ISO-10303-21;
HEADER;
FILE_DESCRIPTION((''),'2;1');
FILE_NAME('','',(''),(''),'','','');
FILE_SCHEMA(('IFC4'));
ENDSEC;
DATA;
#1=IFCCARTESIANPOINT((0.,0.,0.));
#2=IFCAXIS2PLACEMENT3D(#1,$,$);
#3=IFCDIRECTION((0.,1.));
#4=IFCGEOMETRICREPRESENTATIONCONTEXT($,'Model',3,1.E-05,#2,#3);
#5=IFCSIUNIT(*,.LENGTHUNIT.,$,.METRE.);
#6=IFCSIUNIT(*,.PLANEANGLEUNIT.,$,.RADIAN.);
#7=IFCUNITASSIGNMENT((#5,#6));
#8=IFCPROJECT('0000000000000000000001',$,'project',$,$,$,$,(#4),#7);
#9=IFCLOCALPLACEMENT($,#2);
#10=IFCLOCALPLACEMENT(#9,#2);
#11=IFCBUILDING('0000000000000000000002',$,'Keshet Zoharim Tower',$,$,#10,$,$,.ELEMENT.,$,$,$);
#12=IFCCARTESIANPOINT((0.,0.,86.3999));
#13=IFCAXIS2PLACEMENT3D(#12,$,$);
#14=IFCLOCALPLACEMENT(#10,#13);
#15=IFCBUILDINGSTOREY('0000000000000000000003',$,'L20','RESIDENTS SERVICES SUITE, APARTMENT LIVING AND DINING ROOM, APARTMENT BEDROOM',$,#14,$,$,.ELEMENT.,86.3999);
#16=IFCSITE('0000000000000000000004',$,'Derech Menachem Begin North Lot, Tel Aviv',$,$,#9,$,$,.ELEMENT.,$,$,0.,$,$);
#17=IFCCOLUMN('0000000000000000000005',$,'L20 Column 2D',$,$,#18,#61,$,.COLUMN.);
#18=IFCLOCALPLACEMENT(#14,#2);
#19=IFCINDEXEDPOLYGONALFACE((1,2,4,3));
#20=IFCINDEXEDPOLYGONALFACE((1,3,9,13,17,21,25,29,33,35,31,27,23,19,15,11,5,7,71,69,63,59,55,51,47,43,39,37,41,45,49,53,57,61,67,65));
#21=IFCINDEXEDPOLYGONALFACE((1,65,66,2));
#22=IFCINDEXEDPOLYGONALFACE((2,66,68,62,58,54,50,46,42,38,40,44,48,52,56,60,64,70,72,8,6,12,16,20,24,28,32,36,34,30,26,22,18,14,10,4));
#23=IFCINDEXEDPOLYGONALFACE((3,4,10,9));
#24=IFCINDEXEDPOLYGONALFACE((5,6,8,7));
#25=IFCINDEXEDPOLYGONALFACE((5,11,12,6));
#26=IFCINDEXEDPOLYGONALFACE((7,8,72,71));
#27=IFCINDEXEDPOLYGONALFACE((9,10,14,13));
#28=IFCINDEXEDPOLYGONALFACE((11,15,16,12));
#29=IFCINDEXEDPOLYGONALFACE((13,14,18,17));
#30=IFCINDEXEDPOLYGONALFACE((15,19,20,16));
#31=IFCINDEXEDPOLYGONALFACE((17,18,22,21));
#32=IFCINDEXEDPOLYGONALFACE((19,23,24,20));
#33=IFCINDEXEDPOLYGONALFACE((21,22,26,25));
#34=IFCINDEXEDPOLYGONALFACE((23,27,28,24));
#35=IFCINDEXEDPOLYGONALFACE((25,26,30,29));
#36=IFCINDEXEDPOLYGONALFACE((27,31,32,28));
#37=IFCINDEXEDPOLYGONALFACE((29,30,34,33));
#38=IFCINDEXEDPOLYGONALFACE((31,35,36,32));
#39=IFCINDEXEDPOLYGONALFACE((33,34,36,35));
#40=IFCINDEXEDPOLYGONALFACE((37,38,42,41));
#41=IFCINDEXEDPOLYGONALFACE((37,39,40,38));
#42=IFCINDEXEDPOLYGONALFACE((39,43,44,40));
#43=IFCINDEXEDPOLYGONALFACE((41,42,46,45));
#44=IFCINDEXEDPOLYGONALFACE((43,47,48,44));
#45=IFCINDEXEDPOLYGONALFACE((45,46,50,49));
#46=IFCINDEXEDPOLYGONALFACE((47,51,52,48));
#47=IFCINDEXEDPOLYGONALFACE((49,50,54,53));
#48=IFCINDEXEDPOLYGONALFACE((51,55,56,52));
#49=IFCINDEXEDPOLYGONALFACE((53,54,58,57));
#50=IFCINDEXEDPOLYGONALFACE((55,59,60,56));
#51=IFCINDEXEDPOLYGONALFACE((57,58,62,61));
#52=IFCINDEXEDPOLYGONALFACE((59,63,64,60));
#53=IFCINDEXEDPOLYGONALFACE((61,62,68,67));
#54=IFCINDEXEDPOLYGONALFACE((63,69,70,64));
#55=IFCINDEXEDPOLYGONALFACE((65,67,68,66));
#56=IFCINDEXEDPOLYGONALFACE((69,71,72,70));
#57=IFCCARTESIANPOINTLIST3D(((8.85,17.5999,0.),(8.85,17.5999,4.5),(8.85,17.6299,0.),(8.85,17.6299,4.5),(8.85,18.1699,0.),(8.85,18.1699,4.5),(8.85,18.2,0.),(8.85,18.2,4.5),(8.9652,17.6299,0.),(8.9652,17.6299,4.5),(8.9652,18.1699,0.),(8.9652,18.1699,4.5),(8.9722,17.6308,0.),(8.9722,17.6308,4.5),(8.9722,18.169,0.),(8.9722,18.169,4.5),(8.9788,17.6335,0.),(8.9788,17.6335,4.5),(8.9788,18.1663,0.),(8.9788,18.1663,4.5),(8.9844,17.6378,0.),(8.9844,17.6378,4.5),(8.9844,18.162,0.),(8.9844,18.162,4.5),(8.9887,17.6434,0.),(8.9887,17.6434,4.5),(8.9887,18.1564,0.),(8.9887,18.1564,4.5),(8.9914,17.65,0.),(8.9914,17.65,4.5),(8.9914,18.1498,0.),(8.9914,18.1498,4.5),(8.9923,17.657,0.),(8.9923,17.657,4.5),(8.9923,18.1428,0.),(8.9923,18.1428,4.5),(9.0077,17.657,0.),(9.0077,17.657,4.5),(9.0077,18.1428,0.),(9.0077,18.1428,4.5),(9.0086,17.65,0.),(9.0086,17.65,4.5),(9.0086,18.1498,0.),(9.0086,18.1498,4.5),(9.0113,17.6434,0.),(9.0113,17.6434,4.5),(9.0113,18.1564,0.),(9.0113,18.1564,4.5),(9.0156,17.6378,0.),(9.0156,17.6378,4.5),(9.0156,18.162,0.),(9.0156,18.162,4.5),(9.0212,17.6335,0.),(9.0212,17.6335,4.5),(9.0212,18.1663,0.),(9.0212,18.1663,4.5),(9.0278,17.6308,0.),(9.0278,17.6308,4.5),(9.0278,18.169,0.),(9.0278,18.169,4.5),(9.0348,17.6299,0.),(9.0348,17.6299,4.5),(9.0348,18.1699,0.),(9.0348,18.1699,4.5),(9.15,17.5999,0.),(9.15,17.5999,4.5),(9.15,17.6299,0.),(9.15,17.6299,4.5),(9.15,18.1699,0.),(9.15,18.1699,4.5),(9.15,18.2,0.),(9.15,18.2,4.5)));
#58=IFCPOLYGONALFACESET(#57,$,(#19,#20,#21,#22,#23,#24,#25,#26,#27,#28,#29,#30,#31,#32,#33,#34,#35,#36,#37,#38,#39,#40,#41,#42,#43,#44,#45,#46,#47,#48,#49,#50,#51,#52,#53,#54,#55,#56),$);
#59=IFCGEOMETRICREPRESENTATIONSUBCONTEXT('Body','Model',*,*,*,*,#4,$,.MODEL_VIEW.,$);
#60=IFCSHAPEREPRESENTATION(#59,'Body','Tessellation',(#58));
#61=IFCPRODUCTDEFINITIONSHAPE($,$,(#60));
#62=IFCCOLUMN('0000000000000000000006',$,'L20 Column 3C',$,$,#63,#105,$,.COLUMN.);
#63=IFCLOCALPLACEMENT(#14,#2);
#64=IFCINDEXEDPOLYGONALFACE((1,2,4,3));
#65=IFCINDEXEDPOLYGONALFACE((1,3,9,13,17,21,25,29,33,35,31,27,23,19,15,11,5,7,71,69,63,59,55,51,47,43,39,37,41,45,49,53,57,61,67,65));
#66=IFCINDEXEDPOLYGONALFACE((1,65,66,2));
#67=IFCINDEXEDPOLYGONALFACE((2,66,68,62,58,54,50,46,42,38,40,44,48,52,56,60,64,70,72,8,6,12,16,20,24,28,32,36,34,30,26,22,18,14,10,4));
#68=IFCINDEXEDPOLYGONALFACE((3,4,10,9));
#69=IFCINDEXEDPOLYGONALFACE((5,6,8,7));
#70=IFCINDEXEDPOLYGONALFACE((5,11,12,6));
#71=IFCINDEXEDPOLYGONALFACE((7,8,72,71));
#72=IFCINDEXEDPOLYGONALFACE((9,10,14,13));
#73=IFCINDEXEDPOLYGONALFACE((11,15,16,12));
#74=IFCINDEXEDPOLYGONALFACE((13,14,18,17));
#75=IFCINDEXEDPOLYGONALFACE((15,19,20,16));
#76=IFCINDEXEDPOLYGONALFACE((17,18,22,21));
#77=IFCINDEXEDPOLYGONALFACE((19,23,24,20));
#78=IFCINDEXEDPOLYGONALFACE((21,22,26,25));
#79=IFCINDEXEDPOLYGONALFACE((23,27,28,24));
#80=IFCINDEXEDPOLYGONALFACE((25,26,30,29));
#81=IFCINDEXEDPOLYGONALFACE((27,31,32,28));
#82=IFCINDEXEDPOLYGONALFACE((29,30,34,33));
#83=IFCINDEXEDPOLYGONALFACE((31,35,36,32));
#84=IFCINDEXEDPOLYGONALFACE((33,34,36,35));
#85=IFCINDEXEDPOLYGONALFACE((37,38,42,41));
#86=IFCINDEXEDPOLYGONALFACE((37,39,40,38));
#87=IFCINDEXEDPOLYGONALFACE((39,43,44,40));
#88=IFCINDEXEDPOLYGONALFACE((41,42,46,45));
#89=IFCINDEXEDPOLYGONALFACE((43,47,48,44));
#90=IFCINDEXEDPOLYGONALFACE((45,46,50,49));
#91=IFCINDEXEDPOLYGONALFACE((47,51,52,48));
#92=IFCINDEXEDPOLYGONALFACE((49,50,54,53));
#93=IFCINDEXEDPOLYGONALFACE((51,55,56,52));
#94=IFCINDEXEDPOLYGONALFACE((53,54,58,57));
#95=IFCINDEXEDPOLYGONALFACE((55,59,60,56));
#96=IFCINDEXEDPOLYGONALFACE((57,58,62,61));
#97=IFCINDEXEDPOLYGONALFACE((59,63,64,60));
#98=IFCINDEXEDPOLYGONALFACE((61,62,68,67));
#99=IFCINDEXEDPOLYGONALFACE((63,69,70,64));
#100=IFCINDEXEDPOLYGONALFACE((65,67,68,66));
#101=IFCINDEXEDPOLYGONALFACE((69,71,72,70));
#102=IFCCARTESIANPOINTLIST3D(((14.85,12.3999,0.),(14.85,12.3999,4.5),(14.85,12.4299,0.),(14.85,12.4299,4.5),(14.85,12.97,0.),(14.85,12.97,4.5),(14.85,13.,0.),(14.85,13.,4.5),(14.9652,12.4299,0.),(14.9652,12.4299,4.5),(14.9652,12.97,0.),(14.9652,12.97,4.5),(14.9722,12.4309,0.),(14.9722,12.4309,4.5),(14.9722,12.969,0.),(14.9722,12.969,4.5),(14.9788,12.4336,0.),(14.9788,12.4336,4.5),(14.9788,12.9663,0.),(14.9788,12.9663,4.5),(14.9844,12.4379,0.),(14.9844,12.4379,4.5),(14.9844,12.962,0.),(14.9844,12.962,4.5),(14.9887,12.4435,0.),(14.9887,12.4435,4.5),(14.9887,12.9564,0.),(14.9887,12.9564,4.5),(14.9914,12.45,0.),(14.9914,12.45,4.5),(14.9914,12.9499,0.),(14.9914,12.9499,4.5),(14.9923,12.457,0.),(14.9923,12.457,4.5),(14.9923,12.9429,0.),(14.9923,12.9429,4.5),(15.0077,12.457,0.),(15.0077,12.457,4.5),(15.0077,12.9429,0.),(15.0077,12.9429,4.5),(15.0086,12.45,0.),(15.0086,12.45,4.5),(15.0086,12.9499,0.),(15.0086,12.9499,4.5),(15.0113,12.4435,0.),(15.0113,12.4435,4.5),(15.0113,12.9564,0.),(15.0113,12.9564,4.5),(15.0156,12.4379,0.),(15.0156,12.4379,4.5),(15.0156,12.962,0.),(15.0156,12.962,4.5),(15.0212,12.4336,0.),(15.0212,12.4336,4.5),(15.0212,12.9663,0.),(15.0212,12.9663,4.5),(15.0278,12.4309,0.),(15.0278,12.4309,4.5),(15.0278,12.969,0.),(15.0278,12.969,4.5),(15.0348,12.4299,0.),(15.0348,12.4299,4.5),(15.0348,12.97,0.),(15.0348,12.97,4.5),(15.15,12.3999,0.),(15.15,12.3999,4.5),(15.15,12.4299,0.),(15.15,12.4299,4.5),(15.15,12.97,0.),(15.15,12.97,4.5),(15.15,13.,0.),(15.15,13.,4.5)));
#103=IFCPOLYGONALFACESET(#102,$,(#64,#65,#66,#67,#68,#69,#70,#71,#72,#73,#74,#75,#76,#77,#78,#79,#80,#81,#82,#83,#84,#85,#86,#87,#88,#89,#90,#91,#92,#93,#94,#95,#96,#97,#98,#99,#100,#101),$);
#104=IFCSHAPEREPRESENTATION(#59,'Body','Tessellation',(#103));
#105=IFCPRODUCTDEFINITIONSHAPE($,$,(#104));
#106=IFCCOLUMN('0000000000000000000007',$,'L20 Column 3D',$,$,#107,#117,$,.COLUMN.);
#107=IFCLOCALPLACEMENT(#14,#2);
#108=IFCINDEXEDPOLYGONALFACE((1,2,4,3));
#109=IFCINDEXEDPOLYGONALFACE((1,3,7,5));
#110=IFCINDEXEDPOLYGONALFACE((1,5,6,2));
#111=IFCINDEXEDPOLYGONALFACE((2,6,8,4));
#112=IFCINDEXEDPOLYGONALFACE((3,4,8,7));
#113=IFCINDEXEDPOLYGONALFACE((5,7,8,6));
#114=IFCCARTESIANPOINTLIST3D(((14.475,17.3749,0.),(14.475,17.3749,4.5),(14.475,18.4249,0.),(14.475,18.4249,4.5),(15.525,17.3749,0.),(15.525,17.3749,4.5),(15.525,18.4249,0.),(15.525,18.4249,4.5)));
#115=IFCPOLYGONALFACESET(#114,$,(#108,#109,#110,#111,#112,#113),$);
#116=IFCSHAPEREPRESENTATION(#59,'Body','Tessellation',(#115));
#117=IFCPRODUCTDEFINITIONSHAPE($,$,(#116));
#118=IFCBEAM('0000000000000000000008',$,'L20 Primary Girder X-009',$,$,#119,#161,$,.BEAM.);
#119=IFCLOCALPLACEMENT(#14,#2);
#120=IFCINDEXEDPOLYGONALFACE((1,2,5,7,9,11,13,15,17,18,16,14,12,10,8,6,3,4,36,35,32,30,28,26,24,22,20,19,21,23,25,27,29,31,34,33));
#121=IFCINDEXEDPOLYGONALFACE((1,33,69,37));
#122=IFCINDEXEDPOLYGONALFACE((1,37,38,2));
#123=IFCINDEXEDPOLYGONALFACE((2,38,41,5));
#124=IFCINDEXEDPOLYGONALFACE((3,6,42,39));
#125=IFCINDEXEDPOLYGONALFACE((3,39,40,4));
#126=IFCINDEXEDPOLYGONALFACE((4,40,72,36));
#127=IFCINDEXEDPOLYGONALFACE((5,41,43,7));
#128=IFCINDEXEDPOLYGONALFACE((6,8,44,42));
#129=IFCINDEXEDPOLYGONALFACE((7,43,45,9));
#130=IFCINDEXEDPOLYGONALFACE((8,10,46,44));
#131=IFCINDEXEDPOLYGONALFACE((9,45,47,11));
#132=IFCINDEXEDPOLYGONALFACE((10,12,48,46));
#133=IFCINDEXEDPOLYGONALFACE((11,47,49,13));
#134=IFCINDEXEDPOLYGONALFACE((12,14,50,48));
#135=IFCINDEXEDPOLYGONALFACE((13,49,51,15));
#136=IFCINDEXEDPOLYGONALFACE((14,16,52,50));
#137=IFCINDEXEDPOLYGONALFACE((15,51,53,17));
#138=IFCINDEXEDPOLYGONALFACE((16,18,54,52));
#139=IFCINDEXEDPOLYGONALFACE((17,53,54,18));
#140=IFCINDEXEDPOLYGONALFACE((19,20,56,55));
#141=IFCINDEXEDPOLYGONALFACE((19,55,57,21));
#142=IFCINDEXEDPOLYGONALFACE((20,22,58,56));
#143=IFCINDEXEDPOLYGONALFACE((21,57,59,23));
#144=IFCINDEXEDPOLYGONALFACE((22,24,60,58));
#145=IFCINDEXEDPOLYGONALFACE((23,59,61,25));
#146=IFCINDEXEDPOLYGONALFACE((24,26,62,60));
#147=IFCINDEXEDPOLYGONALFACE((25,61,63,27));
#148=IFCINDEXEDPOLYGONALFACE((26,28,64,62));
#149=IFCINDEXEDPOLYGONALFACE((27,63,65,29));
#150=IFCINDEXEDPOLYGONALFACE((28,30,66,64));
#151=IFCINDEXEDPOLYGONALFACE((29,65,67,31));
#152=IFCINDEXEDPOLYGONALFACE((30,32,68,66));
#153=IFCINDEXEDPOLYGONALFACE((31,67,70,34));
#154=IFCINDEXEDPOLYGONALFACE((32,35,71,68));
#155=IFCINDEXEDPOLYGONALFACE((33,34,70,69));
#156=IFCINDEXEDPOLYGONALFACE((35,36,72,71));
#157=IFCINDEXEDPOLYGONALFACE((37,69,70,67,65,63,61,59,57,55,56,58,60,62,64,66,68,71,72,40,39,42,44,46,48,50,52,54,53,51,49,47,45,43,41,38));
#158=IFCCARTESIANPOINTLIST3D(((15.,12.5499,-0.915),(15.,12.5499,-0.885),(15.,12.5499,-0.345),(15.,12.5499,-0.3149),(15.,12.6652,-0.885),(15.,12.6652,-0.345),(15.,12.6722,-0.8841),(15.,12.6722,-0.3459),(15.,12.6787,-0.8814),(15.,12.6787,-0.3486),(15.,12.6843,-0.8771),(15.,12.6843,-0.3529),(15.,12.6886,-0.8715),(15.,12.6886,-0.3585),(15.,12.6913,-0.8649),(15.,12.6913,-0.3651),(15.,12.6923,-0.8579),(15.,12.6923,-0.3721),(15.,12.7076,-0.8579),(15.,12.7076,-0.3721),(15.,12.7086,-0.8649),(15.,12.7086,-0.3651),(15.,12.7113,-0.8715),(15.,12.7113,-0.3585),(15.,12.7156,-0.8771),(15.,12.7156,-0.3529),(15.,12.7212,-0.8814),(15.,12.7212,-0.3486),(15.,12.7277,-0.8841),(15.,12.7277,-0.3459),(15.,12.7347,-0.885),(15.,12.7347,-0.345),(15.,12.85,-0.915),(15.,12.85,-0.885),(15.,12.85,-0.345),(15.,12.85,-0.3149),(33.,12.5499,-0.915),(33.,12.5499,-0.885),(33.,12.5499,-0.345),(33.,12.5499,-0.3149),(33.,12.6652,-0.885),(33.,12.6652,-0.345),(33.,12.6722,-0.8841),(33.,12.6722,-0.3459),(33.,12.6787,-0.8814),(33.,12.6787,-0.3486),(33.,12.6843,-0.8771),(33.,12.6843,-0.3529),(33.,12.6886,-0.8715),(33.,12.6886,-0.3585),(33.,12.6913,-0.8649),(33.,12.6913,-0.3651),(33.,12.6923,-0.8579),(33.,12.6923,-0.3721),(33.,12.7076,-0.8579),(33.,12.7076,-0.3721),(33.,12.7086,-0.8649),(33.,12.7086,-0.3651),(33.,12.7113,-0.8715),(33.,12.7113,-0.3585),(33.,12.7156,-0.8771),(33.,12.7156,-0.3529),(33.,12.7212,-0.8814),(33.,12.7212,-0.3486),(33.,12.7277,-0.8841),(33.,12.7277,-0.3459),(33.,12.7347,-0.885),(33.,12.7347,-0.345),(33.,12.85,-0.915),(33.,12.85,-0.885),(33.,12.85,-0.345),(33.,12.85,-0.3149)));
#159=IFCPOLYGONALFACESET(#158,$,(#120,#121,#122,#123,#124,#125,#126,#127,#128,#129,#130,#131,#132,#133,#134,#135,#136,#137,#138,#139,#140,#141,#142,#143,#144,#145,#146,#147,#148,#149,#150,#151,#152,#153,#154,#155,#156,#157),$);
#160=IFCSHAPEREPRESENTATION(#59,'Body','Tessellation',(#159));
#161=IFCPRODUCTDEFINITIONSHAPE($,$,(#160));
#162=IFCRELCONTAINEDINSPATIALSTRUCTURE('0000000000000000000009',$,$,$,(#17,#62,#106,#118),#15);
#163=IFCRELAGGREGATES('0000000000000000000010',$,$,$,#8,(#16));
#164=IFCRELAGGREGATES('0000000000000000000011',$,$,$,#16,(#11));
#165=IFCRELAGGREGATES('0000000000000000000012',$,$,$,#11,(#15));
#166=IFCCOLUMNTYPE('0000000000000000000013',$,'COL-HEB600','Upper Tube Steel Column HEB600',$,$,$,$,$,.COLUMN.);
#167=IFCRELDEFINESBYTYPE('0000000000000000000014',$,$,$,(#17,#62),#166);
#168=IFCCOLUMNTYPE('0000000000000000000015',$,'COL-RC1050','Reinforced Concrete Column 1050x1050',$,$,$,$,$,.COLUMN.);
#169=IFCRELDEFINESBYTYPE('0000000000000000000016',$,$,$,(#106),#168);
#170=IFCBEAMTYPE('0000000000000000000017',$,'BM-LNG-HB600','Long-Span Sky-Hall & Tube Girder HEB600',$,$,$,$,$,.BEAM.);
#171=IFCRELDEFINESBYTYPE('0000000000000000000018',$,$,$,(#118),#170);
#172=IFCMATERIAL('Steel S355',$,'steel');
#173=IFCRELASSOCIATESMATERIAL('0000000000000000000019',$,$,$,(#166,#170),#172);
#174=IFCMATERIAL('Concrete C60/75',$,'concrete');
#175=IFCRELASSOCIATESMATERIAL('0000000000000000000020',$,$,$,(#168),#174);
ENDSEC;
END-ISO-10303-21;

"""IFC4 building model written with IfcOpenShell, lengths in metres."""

from ifc_helpers import new_model, si_unit, direction, frame, origin, origin_2d, place, context, subcontext, project, spatial, rectangle, i_section, extrude, material, material_profile, profile_set, type_object, element, save


model = new_model("IFC4")

# Units and contexts
model_context = context("Model", 3, precision=1e-05, world=origin(), true_north=direction((0.0, 1.0)))
body_context = subcontext(model_context, "Body", "Model", "MODEL_VIEW")
ifc_project = project(units=[si_unit("LENGTHUNIT", "METRE"), si_unit("PLANEANGLEUNIT", "RADIAN")], contexts=[model_context])

# Site, building, storey
site_placement = place(None, origin())
site = spatial("IfcSite", under=ifc_project, at=site_placement, Name="Derech Menachem Begin North Lot, Tel Aviv", CompositionType="ELEMENT", RefElevation=0.0)
building_placement = place(site_placement, origin())
building = spatial("IfcBuilding", under=site, at=building_placement, Name="Keshet Zoharim Tower", CompositionType="ELEMENT")
storey_placement = place(building_placement, frame((0.0, 0.0, 86.3999)))
storey = spatial("IfcBuildingStorey", under=building, at=storey_placement, Name="L20", Description="RESIDENTS SERVICES SUITE, APARTMENT LIVING AND DINING ROOM, APARTMENT BEDROOM", CompositionType="ELEMENT", Elevation=86.3999)

# Columns
ifc_material_1 = material(Name="Steel S355", Category="steel")
ifc_material_profile_1 = material_profile(ifc_material_1, i_section(OverallWidth=0.3, OverallDepth=0.6001, WebThickness=0.0154, FlangeThickness=0.03, FilletRadius=0.0271, at=origin_2d()), Name="HEB600")
ifc_profile_set_1 = profile_set([ifc_material_profile_1], Name="Steel S355")
column_type_1 = type_object("IfcColumnType", Name="COL-HEB600", Description="Upper Tube Steel Column HEB600", PredefinedType="COLUMN", material=ifc_profile_set_1)
for number, where, z_axis, x_axis, name in (
    (1, (9.0, 17.8999, 0.0), (0.0, 0.0, 1.0), (1.0, 0.0, 0.0), "L20 Column 2D"),
    (2, (15.0, 12.7, 0.0), (0.0, 0.0, 1.0), (1.0, 0.0, 0.0), "L20 Column 3C"),
):
    element("IfcColumn", number, at=place(storey_placement, frame(where, z_axis=z_axis, x_axis=x_axis)), inside=storey, type_object=column_type_1, Name=name, PredefinedType="COLUMN", context=body_context, shape_type="SweptSolid", body=[
        extrude(i_section(OverallWidth=0.3, OverallDepth=0.6001, WebThickness=0.0154, FlangeThickness=0.03, FilletRadius=0.0271, at=origin_2d()), origin(), (0.0, 0.0, 1.0), 4.5),
    ])
ifc_material_2 = material(Name="Concrete C60/75", Category="concrete")
ifc_material_profile_2 = material_profile(ifc_material_2, rectangle(XDim=1.05, YDim=1.05, at=origin_2d()), Name="RC1050x1050")
ifc_profile_set_2 = profile_set([ifc_material_profile_2], Name="Concrete C60/75")
column_type_2 = type_object("IfcColumnType", Name="COL-RC1050", Description="Reinforced Concrete Column 1050x1050", PredefinedType="COLUMN", material=ifc_profile_set_2)
column_placement = place(storey_placement, frame((15.0, 17.8999, 0.0), z_axis=(0.0, 0.0, 1.0), x_axis=(1.0, 0.0, 0.0)))
element("IfcColumn", 3, at=column_placement, inside=storey, type_object=column_type_2, Name="L20 Column 3D", PredefinedType="COLUMN", context=body_context, shape_type="SweptSolid", body=[
    extrude(rectangle(XDim=1.05, YDim=1.05, at=origin_2d()), origin(), (0.0, 0.0, 1.0), 4.5),
])

# Beam
ifc_material_profile_3 = material_profile(ifc_material_1, i_section(OverallWidth=0.3, OverallDepth=0.6001, WebThickness=0.0154, FlangeThickness=0.03, FilletRadius=0.0271, at=origin_2d()), Name="HEB600")
ifc_profile_set_3 = profile_set([ifc_material_profile_3], Name="Steel S355")
beam_type_1 = type_object("IfcBeamType", Name="BM-LNG-HB600", Description="Long-Span Sky-Hall & Tube Girder HEB600", PredefinedType="BEAM", material=ifc_profile_set_3)
for number, where, z_axis, x_axis, name in (
    (4, (15.0, 12.7, -0.615), (1.0, 0.0, 0.0), (0.0, 1.0, 0.0), "L20 Primary Girder X-009"),
):
    element("IfcBeam", number, at=place(storey_placement, frame(where, z_axis=z_axis, x_axis=x_axis)), inside=storey, type_object=beam_type_1, Name=name, PredefinedType="BEAM", context=body_context, shape_type="SweptSolid", body=[
        extrude(i_section(OverallWidth=0.3, OverallDepth=0.6001, WebThickness=0.0154, FlangeThickness=0.03, FilletRadius=0.0271, at=origin_2d()), origin(), (0.0, 0.0, 1.0), 18.0),
    ])

save(model, "model.ifc")
